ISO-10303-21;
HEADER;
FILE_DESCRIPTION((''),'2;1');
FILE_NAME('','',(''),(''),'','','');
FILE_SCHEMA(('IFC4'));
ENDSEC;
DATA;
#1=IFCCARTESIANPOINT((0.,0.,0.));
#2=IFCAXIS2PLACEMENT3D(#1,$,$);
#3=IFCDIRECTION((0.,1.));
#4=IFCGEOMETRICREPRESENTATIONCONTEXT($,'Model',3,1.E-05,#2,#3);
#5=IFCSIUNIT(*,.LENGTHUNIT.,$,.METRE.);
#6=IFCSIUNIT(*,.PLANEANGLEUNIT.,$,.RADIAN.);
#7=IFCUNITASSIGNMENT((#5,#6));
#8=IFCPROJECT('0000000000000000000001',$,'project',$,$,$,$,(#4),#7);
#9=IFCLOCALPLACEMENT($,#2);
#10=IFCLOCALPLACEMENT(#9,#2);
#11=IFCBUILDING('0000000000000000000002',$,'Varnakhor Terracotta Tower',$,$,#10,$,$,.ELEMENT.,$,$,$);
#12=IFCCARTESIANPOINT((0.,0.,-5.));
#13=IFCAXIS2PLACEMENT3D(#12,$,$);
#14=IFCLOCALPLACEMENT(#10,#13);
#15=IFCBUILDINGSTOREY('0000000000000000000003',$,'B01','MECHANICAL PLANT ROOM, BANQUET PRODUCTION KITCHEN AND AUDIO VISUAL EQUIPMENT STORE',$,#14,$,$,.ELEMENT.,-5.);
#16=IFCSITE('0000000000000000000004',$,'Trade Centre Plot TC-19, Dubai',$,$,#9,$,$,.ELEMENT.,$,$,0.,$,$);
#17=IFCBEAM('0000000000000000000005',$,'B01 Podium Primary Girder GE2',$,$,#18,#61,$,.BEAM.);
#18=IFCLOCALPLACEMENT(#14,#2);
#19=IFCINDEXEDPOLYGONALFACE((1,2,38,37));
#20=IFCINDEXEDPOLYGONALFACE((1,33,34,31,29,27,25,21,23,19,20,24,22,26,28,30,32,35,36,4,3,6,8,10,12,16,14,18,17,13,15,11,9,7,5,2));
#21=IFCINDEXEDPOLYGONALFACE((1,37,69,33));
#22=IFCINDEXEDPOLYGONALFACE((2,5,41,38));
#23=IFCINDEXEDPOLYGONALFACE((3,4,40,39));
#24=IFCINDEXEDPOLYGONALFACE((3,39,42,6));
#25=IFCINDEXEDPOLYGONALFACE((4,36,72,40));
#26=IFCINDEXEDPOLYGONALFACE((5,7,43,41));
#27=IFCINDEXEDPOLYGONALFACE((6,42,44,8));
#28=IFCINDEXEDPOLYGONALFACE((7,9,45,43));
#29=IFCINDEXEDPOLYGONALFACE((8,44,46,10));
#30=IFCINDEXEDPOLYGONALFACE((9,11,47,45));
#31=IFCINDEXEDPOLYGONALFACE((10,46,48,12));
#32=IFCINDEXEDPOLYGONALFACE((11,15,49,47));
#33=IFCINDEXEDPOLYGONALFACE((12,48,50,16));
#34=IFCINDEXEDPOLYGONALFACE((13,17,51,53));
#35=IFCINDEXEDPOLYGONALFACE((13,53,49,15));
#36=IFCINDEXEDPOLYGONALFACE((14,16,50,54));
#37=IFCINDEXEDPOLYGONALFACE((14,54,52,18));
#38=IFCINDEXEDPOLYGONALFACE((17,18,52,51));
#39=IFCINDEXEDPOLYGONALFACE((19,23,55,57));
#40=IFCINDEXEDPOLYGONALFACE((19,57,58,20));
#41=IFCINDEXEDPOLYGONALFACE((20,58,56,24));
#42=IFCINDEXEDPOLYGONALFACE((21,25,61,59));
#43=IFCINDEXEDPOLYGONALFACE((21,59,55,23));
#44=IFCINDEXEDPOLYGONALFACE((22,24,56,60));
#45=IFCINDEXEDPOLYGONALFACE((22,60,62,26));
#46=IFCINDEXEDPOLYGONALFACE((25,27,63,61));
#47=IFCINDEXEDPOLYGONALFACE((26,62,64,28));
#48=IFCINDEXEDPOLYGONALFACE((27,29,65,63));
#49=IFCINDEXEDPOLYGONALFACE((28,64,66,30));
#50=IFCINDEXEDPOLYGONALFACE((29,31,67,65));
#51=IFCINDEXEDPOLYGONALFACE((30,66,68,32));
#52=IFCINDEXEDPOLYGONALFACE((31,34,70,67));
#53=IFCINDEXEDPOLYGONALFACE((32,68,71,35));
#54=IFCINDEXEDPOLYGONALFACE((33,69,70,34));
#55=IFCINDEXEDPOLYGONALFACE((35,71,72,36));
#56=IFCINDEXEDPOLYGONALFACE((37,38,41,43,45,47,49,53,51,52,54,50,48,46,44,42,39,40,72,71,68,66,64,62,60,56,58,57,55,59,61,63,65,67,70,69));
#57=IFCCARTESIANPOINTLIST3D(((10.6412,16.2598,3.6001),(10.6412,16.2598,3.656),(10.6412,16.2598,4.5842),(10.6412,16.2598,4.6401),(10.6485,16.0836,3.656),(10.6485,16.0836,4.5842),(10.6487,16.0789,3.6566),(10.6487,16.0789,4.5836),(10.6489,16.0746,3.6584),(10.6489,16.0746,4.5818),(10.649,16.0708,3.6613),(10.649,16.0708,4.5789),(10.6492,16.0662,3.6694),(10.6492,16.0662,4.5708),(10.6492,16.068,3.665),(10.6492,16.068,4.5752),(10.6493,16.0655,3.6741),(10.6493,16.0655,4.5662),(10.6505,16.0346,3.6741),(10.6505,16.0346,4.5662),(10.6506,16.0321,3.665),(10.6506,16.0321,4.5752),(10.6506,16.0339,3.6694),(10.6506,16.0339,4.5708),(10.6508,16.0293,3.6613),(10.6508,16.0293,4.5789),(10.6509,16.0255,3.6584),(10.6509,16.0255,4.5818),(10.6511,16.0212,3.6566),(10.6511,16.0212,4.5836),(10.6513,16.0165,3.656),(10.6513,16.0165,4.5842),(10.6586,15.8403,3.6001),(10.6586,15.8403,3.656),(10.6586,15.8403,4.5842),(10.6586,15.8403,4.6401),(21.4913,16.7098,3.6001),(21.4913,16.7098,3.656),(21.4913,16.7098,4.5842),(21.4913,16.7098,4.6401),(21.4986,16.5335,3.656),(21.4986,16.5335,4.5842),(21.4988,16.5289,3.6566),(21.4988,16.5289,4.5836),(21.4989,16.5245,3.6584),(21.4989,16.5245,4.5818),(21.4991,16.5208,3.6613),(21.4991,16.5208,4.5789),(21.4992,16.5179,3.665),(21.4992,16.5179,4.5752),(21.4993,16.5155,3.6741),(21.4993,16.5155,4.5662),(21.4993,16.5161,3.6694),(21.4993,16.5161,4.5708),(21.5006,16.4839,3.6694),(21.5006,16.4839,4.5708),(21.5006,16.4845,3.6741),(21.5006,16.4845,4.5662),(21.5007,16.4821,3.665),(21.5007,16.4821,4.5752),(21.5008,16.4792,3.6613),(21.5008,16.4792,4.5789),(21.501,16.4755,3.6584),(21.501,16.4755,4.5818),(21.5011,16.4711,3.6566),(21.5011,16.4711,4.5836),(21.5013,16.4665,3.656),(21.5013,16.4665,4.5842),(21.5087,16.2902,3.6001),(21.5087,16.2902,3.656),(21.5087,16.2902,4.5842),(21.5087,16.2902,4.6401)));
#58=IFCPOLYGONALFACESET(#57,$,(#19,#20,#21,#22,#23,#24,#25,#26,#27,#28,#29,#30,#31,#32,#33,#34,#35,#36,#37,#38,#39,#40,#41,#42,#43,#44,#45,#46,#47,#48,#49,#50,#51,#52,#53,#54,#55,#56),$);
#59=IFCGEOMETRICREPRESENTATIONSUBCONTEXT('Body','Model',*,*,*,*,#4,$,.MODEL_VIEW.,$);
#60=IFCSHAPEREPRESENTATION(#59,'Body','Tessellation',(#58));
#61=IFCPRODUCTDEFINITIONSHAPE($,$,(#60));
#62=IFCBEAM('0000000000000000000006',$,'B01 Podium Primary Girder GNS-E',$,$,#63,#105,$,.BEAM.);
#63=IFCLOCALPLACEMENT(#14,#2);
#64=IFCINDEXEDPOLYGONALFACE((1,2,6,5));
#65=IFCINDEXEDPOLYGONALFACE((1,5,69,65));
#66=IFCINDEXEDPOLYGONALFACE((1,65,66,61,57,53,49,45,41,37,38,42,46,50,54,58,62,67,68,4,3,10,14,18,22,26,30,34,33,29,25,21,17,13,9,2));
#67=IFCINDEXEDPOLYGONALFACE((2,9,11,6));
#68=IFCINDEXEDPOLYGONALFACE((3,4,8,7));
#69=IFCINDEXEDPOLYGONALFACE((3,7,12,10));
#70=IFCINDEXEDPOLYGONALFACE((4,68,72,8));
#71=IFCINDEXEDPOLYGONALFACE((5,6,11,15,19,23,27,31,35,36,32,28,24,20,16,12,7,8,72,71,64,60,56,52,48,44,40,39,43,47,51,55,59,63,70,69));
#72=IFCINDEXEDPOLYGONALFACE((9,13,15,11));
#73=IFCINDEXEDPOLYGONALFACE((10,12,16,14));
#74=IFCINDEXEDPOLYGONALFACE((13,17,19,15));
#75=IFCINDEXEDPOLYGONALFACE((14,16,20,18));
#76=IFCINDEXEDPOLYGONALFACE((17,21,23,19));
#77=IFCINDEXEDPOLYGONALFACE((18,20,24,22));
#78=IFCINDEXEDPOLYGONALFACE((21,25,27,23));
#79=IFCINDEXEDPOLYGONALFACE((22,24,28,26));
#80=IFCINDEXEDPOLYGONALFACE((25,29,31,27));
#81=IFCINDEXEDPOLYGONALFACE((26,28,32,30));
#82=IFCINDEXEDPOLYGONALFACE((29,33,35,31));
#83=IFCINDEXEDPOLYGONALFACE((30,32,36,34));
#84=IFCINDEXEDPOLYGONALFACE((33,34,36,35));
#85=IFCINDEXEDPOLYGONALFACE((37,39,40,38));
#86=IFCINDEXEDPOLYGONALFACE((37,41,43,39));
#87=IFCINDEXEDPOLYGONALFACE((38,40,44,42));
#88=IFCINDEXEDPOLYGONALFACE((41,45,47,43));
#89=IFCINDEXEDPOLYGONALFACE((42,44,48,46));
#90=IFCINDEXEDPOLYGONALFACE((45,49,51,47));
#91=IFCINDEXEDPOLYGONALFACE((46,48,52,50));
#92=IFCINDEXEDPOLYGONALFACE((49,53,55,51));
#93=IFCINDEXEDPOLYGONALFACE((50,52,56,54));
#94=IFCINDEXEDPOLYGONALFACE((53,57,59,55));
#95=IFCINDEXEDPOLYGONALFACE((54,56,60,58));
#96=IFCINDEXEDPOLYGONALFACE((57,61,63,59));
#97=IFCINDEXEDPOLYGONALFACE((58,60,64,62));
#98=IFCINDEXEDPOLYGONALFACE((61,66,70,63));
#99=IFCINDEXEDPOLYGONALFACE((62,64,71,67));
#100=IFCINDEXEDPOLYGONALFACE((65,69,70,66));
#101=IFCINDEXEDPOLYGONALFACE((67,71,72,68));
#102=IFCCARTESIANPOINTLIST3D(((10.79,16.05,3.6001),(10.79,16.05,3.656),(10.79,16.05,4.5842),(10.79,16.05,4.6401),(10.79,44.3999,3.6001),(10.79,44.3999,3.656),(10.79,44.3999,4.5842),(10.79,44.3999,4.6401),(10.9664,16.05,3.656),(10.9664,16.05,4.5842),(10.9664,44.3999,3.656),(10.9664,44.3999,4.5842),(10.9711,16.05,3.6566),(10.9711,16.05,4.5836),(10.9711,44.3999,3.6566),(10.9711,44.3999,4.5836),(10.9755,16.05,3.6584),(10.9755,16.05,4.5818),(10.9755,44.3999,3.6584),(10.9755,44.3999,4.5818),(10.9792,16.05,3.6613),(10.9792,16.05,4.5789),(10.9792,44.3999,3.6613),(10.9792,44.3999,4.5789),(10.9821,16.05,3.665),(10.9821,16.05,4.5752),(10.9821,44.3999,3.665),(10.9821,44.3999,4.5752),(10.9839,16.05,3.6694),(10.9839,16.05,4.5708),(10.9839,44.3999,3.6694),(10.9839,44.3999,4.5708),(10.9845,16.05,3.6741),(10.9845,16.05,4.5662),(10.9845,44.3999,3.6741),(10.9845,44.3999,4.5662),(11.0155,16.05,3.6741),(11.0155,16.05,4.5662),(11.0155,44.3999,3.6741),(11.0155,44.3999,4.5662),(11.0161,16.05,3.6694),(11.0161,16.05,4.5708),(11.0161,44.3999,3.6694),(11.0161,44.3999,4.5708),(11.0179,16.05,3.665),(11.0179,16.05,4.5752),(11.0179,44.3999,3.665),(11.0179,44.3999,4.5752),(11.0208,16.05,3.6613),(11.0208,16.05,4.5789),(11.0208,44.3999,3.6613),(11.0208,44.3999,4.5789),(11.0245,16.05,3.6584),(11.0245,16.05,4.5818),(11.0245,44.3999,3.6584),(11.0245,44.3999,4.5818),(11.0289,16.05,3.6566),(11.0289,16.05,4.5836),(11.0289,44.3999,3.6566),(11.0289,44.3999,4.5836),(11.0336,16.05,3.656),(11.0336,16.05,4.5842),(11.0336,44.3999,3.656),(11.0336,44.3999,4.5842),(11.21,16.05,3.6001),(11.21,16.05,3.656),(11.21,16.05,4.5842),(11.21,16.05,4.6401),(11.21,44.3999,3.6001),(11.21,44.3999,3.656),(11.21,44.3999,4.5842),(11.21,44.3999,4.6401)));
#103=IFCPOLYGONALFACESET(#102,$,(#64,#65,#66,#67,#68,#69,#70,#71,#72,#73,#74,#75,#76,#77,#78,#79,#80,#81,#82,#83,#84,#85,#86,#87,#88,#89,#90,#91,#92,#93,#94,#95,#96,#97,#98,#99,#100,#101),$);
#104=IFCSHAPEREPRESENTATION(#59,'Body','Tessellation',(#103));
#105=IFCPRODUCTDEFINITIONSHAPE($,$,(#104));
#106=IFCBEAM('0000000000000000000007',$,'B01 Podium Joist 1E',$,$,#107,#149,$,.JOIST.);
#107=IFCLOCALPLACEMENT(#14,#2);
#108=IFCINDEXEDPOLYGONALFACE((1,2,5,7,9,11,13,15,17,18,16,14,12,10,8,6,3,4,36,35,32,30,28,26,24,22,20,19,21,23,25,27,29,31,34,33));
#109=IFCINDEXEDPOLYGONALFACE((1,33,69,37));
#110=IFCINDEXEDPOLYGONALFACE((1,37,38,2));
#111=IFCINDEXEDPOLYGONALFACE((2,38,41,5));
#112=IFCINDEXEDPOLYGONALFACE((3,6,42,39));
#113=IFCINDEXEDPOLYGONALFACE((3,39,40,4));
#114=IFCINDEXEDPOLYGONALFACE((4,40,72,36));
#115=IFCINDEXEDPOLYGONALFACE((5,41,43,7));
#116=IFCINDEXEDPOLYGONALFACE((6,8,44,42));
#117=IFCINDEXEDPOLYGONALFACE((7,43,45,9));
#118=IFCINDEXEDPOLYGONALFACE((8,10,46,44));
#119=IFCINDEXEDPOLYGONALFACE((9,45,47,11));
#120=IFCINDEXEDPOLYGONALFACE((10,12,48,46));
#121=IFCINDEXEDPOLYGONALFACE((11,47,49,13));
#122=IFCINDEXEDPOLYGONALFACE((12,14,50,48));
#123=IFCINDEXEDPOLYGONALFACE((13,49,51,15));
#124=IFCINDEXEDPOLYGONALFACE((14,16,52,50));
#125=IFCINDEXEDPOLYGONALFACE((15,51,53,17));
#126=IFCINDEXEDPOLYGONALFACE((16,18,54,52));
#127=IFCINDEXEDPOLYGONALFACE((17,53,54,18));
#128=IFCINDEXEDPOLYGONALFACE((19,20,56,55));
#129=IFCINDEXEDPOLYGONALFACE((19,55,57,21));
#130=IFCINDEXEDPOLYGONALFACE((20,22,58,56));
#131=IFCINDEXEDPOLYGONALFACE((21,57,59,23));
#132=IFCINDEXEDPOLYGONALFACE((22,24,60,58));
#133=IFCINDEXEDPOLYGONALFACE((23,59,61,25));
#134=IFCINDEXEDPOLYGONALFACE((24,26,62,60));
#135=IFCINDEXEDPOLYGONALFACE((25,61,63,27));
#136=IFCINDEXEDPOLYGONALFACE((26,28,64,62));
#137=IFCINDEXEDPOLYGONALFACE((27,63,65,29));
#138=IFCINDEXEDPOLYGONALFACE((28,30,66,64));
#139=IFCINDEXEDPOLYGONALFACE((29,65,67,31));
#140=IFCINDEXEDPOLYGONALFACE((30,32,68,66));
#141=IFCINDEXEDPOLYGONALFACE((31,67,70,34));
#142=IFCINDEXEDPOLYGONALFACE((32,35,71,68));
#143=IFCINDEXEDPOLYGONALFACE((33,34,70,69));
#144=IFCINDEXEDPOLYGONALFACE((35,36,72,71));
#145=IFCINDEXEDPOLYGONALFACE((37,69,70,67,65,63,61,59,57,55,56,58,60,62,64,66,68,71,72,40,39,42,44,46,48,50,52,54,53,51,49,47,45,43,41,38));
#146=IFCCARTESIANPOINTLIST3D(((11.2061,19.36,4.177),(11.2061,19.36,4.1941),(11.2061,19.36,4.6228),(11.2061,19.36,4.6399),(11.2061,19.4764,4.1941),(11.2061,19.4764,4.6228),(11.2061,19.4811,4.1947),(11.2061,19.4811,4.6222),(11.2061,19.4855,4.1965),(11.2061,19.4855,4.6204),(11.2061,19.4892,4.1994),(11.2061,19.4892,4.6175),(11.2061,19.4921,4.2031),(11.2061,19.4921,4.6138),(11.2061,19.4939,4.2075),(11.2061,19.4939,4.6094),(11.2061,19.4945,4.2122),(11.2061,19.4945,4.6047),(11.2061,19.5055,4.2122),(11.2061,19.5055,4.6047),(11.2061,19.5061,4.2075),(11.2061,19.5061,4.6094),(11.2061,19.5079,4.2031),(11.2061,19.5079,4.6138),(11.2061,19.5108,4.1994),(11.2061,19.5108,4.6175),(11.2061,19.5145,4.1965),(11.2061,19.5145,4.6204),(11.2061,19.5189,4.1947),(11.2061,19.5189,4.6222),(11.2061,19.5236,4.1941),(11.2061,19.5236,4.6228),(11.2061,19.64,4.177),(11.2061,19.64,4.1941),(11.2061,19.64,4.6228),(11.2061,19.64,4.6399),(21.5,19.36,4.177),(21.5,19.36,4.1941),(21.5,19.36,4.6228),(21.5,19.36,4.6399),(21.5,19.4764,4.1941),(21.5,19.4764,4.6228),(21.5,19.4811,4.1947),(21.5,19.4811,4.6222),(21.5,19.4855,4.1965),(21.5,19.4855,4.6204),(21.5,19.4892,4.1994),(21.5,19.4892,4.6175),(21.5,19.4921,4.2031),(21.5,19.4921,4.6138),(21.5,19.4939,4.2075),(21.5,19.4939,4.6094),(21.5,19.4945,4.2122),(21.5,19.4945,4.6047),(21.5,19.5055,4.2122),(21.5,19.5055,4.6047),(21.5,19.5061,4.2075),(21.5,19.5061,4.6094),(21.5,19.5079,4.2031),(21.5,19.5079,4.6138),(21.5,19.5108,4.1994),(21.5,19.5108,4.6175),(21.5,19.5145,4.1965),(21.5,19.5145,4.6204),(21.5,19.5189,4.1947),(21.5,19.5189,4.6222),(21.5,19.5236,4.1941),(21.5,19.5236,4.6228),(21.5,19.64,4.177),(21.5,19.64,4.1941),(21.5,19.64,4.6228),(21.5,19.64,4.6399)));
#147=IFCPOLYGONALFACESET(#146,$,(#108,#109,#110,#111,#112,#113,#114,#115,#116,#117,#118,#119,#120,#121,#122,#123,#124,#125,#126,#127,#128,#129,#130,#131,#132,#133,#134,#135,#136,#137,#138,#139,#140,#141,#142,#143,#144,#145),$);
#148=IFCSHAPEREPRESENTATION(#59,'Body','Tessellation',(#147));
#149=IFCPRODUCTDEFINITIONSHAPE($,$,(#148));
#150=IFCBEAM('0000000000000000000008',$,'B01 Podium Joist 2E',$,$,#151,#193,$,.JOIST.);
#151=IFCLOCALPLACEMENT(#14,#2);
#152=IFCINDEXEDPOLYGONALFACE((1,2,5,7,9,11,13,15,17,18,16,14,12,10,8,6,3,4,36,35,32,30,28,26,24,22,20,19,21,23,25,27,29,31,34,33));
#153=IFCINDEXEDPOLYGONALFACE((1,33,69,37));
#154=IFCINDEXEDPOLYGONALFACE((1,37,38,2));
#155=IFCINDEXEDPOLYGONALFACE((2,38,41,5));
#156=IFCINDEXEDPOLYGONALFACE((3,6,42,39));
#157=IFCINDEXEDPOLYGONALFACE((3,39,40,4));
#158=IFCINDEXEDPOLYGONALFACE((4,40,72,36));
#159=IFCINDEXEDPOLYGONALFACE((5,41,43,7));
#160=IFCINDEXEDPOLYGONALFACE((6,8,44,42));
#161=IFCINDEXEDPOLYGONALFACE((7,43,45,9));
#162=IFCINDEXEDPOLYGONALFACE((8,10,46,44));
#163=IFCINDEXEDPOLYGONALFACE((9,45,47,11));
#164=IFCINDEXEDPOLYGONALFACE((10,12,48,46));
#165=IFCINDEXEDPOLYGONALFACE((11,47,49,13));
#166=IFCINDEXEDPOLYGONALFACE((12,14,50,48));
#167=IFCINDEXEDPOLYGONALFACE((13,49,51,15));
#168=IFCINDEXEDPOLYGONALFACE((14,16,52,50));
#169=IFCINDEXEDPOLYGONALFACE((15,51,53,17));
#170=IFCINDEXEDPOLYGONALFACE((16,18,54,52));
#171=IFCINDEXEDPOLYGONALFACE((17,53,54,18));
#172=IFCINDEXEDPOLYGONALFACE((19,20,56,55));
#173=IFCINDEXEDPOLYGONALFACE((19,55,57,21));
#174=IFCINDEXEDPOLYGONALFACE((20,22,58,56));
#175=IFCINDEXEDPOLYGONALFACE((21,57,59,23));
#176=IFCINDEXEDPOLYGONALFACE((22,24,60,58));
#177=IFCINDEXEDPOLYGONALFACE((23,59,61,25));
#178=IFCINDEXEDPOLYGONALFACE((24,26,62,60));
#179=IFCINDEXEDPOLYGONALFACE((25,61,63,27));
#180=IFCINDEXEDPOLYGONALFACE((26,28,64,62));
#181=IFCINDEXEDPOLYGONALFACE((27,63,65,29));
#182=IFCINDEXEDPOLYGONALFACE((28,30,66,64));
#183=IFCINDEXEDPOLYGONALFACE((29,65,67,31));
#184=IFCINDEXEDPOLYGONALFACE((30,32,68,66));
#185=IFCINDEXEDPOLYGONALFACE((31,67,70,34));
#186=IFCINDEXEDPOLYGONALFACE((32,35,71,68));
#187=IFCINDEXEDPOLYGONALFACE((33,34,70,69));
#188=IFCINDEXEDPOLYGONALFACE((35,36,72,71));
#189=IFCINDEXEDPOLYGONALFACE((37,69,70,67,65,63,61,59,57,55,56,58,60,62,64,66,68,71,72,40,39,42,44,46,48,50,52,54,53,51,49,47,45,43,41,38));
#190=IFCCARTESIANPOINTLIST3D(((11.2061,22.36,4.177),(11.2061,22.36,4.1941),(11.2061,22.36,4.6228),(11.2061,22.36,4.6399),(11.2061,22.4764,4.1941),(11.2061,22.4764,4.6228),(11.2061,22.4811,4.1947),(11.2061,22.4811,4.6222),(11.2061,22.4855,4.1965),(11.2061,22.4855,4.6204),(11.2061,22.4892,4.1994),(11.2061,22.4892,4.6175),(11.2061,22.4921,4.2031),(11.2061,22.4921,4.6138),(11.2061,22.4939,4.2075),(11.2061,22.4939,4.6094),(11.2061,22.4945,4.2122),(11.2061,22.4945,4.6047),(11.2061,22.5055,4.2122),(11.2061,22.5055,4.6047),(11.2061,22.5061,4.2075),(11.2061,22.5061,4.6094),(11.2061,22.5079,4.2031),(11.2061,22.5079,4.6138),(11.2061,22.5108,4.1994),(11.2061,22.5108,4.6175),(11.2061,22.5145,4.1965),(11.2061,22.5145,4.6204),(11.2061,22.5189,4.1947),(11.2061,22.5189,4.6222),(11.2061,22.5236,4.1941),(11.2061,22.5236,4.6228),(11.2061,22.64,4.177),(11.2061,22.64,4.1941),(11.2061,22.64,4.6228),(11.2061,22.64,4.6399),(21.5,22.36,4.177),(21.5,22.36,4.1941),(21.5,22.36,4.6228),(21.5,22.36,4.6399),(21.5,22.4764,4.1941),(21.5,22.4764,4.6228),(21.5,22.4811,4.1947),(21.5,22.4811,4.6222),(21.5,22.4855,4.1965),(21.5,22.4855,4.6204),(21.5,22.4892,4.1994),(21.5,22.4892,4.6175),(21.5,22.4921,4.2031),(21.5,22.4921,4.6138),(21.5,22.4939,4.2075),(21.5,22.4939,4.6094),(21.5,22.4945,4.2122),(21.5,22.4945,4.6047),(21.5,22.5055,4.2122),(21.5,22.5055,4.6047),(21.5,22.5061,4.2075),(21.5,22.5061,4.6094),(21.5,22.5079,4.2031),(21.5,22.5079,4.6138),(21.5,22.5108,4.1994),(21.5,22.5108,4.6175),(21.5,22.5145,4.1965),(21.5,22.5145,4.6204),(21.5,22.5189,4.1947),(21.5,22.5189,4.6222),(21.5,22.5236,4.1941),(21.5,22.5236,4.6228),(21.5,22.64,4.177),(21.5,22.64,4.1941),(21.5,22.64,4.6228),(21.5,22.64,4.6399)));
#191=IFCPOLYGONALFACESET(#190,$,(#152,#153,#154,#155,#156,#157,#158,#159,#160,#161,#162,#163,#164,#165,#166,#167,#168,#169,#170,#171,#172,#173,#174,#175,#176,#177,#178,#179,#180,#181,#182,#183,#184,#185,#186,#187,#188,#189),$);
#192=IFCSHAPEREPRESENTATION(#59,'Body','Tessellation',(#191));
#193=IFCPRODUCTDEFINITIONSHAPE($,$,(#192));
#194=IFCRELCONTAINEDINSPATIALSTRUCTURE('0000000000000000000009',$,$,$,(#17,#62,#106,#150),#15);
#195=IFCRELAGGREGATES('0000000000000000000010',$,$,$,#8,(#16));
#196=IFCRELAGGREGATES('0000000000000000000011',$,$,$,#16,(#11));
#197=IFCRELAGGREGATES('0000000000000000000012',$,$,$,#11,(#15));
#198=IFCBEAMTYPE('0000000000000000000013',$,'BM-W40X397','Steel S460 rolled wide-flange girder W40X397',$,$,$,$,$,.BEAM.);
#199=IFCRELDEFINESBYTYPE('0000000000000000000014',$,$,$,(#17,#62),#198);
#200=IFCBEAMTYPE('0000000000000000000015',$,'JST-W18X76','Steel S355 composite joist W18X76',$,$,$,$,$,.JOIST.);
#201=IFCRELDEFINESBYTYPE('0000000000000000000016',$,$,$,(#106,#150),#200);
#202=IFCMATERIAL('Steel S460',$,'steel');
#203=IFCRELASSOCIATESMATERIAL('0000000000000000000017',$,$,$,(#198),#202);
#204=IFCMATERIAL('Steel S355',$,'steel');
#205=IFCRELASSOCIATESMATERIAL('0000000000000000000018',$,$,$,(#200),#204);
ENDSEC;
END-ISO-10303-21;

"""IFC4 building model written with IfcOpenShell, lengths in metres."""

from ifc_helpers import new_model, si_unit, direction, frame, origin, origin_2d, place, context, subcontext, project, spatial, i_section, extrude, source, transform, mapped, material, material_profile, profile_set, type_object, type_shapes, element, save


model = new_model("IFC4")

# Units and contexts
model_context = context("Model", 3, precision=1e-05, world=origin(), true_north=direction((0.0, 1.0)))
body_context = subcontext(model_context, "Body", "Model", "MODEL_VIEW")
ifc_project = project(units=[si_unit("LENGTHUNIT", "METRE"), si_unit("PLANEANGLEUNIT", "RADIAN")], contexts=[model_context])

# Site, building, storey
site_placement = place(None, origin())
site = spatial("IfcSite", under=ifc_project, at=site_placement, Name="Trade Centre Plot TC-19, Dubai", CompositionType="ELEMENT", RefElevation=0.0)
building_placement = place(site_placement, origin())
building = spatial("IfcBuilding", under=site, at=building_placement, Name="Varnakhor Terracotta Tower", CompositionType="ELEMENT")
storey_placement = place(building_placement, frame((0.0, 0.0, -5.0)))
storey = spatial("IfcBuildingStorey", under=building, at=storey_placement, Name="B01", Description="MECHANICAL PLANT ROOM, BANQUET PRODUCTION KITCHEN AND AUDIO VISUAL EQUIPMENT STORE", CompositionType="ELEMENT", Elevation=-5.0)

# Shared definitions
ifc_material_1 = material(Name="Steel S355", Category="steel")
ifc_material_2 = material(Name="Steel S460", Category="steel")

# Beams
ifc_material_profile_1 = material_profile(ifc_material_2, i_section(OverallWidth=0.4199, OverallDepth=1.04, WebThickness=0.031, FlangeThickness=0.0559, FilletRadius=0.0181, at=origin_2d()), Name="W40X397")
ifc_profile_set_1 = profile_set([ifc_material_profile_1], Name="Steel S460")
beam_type_1 = type_object("IfcBeamType", Name="BM-W40X397", Description="Steel S460 rolled wide-flange girder W40X397", PredefinedType="BEAM", material=ifc_profile_set_1)
shared_shape_1 = source(origin(), body_context, "Body", "SweptSolid", [
    extrude(i_section(OverallWidth=0.4199, OverallDepth=1.04, WebThickness=0.031, FlangeThickness=0.0559, FilletRadius=0.0181, at=origin_2d()), origin(), (0.0, 0.0, 1.0), 10.8594),
])
beam_1_placement = place(storey_placement, frame((10.6499, 16.05, 4.1201), z_axis=(0.999141, 0.041434, 0.0), x_axis=(-0.041434, 0.999141, 0.0)))
element("IfcBeam", 1, at=beam_1_placement, inside=storey, type_object=beam_type_1, Name="B01 Podium Primary Girder GE2", PredefinedType="BEAM", context=body_context, shape_type="MappedRepresentation", body=[
    mapped(shared_shape_1, transform((0.0, 0.0, 0.0), scale=1.0)),
])
shared_shape_2 = source(origin(), body_context, "Body", "SweptSolid", [
    extrude(i_section(OverallWidth=0.4199, OverallDepth=1.04, WebThickness=0.031, FlangeThickness=0.0559, FilletRadius=0.0181, at=origin_2d()), origin(), (0.0, 0.0, 1.0), 28.3499),
])
beam_2_placement = place(storey_placement, frame((11.0, 16.05, 4.1201), z_axis=(0.0, 1.0, 0.0), x_axis=(-1.0, 0.0, 0.0)))
element("IfcBeam", 2, at=beam_2_placement, inside=storey, type_object=beam_type_1, Name="B01 Podium Primary Girder GNS-E", PredefinedType="BEAM", context=body_context, shape_type="MappedRepresentation", body=[
    mapped(shared_shape_2, transform((0.0, 0.0, 0.0), scale=1.0)),
])
ifc_material_profile_2 = material_profile(ifc_material_1, i_section(OverallWidth=0.28, OverallDepth=0.4629, WebThickness=0.011, FlangeThickness=0.0171, FilletRadius=0.0181, at=origin_2d()), Name="W18X76")
ifc_profile_set_2 = profile_set([ifc_material_profile_2], Name="Steel S355")
beam_type_2 = type_object("IfcBeamType", Name="JST-W18X76", Description="Steel S355 composite joist W18X76", PredefinedType="JOIST", material=ifc_profile_set_2)
shared_shape_3 = source(origin(), body_context, "Body", "SweptSolid", [
    extrude(i_section(OverallWidth=0.28, OverallDepth=0.4629, WebThickness=0.011, FlangeThickness=0.0171, FilletRadius=0.0181, at=origin_2d()), origin(), (0.0, 0.0, 1.0), 10.2939),
])
type_shapes(beam_type_2, [shared_shape_3])
for number, where, z_axis, x_axis, name in (
    (3, (11.2061, 19.5, 4.4084), (1.0, 0.0, 0.0), (0.0, 1.0, 0.0), "B01 Podium Joist 1E"),
    (4, (11.2061, 22.5, 4.4084), (1.0, 0.0, 0.0), (0.0, 1.0, 0.0), "B01 Podium Joist 2E"),
):
    element("IfcBeam", number, at=place(storey_placement, frame(where, z_axis=z_axis, x_axis=x_axis)), inside=storey, type_object=beam_type_2, Name=name, PredefinedType="JOIST", context=body_context, shape_type="MappedRepresentation", body=[
        mapped(shared_shape_3, transform((0.0, 0.0, 0.0), scale=1.0)),
    ])

save(model, "model.ifc")
